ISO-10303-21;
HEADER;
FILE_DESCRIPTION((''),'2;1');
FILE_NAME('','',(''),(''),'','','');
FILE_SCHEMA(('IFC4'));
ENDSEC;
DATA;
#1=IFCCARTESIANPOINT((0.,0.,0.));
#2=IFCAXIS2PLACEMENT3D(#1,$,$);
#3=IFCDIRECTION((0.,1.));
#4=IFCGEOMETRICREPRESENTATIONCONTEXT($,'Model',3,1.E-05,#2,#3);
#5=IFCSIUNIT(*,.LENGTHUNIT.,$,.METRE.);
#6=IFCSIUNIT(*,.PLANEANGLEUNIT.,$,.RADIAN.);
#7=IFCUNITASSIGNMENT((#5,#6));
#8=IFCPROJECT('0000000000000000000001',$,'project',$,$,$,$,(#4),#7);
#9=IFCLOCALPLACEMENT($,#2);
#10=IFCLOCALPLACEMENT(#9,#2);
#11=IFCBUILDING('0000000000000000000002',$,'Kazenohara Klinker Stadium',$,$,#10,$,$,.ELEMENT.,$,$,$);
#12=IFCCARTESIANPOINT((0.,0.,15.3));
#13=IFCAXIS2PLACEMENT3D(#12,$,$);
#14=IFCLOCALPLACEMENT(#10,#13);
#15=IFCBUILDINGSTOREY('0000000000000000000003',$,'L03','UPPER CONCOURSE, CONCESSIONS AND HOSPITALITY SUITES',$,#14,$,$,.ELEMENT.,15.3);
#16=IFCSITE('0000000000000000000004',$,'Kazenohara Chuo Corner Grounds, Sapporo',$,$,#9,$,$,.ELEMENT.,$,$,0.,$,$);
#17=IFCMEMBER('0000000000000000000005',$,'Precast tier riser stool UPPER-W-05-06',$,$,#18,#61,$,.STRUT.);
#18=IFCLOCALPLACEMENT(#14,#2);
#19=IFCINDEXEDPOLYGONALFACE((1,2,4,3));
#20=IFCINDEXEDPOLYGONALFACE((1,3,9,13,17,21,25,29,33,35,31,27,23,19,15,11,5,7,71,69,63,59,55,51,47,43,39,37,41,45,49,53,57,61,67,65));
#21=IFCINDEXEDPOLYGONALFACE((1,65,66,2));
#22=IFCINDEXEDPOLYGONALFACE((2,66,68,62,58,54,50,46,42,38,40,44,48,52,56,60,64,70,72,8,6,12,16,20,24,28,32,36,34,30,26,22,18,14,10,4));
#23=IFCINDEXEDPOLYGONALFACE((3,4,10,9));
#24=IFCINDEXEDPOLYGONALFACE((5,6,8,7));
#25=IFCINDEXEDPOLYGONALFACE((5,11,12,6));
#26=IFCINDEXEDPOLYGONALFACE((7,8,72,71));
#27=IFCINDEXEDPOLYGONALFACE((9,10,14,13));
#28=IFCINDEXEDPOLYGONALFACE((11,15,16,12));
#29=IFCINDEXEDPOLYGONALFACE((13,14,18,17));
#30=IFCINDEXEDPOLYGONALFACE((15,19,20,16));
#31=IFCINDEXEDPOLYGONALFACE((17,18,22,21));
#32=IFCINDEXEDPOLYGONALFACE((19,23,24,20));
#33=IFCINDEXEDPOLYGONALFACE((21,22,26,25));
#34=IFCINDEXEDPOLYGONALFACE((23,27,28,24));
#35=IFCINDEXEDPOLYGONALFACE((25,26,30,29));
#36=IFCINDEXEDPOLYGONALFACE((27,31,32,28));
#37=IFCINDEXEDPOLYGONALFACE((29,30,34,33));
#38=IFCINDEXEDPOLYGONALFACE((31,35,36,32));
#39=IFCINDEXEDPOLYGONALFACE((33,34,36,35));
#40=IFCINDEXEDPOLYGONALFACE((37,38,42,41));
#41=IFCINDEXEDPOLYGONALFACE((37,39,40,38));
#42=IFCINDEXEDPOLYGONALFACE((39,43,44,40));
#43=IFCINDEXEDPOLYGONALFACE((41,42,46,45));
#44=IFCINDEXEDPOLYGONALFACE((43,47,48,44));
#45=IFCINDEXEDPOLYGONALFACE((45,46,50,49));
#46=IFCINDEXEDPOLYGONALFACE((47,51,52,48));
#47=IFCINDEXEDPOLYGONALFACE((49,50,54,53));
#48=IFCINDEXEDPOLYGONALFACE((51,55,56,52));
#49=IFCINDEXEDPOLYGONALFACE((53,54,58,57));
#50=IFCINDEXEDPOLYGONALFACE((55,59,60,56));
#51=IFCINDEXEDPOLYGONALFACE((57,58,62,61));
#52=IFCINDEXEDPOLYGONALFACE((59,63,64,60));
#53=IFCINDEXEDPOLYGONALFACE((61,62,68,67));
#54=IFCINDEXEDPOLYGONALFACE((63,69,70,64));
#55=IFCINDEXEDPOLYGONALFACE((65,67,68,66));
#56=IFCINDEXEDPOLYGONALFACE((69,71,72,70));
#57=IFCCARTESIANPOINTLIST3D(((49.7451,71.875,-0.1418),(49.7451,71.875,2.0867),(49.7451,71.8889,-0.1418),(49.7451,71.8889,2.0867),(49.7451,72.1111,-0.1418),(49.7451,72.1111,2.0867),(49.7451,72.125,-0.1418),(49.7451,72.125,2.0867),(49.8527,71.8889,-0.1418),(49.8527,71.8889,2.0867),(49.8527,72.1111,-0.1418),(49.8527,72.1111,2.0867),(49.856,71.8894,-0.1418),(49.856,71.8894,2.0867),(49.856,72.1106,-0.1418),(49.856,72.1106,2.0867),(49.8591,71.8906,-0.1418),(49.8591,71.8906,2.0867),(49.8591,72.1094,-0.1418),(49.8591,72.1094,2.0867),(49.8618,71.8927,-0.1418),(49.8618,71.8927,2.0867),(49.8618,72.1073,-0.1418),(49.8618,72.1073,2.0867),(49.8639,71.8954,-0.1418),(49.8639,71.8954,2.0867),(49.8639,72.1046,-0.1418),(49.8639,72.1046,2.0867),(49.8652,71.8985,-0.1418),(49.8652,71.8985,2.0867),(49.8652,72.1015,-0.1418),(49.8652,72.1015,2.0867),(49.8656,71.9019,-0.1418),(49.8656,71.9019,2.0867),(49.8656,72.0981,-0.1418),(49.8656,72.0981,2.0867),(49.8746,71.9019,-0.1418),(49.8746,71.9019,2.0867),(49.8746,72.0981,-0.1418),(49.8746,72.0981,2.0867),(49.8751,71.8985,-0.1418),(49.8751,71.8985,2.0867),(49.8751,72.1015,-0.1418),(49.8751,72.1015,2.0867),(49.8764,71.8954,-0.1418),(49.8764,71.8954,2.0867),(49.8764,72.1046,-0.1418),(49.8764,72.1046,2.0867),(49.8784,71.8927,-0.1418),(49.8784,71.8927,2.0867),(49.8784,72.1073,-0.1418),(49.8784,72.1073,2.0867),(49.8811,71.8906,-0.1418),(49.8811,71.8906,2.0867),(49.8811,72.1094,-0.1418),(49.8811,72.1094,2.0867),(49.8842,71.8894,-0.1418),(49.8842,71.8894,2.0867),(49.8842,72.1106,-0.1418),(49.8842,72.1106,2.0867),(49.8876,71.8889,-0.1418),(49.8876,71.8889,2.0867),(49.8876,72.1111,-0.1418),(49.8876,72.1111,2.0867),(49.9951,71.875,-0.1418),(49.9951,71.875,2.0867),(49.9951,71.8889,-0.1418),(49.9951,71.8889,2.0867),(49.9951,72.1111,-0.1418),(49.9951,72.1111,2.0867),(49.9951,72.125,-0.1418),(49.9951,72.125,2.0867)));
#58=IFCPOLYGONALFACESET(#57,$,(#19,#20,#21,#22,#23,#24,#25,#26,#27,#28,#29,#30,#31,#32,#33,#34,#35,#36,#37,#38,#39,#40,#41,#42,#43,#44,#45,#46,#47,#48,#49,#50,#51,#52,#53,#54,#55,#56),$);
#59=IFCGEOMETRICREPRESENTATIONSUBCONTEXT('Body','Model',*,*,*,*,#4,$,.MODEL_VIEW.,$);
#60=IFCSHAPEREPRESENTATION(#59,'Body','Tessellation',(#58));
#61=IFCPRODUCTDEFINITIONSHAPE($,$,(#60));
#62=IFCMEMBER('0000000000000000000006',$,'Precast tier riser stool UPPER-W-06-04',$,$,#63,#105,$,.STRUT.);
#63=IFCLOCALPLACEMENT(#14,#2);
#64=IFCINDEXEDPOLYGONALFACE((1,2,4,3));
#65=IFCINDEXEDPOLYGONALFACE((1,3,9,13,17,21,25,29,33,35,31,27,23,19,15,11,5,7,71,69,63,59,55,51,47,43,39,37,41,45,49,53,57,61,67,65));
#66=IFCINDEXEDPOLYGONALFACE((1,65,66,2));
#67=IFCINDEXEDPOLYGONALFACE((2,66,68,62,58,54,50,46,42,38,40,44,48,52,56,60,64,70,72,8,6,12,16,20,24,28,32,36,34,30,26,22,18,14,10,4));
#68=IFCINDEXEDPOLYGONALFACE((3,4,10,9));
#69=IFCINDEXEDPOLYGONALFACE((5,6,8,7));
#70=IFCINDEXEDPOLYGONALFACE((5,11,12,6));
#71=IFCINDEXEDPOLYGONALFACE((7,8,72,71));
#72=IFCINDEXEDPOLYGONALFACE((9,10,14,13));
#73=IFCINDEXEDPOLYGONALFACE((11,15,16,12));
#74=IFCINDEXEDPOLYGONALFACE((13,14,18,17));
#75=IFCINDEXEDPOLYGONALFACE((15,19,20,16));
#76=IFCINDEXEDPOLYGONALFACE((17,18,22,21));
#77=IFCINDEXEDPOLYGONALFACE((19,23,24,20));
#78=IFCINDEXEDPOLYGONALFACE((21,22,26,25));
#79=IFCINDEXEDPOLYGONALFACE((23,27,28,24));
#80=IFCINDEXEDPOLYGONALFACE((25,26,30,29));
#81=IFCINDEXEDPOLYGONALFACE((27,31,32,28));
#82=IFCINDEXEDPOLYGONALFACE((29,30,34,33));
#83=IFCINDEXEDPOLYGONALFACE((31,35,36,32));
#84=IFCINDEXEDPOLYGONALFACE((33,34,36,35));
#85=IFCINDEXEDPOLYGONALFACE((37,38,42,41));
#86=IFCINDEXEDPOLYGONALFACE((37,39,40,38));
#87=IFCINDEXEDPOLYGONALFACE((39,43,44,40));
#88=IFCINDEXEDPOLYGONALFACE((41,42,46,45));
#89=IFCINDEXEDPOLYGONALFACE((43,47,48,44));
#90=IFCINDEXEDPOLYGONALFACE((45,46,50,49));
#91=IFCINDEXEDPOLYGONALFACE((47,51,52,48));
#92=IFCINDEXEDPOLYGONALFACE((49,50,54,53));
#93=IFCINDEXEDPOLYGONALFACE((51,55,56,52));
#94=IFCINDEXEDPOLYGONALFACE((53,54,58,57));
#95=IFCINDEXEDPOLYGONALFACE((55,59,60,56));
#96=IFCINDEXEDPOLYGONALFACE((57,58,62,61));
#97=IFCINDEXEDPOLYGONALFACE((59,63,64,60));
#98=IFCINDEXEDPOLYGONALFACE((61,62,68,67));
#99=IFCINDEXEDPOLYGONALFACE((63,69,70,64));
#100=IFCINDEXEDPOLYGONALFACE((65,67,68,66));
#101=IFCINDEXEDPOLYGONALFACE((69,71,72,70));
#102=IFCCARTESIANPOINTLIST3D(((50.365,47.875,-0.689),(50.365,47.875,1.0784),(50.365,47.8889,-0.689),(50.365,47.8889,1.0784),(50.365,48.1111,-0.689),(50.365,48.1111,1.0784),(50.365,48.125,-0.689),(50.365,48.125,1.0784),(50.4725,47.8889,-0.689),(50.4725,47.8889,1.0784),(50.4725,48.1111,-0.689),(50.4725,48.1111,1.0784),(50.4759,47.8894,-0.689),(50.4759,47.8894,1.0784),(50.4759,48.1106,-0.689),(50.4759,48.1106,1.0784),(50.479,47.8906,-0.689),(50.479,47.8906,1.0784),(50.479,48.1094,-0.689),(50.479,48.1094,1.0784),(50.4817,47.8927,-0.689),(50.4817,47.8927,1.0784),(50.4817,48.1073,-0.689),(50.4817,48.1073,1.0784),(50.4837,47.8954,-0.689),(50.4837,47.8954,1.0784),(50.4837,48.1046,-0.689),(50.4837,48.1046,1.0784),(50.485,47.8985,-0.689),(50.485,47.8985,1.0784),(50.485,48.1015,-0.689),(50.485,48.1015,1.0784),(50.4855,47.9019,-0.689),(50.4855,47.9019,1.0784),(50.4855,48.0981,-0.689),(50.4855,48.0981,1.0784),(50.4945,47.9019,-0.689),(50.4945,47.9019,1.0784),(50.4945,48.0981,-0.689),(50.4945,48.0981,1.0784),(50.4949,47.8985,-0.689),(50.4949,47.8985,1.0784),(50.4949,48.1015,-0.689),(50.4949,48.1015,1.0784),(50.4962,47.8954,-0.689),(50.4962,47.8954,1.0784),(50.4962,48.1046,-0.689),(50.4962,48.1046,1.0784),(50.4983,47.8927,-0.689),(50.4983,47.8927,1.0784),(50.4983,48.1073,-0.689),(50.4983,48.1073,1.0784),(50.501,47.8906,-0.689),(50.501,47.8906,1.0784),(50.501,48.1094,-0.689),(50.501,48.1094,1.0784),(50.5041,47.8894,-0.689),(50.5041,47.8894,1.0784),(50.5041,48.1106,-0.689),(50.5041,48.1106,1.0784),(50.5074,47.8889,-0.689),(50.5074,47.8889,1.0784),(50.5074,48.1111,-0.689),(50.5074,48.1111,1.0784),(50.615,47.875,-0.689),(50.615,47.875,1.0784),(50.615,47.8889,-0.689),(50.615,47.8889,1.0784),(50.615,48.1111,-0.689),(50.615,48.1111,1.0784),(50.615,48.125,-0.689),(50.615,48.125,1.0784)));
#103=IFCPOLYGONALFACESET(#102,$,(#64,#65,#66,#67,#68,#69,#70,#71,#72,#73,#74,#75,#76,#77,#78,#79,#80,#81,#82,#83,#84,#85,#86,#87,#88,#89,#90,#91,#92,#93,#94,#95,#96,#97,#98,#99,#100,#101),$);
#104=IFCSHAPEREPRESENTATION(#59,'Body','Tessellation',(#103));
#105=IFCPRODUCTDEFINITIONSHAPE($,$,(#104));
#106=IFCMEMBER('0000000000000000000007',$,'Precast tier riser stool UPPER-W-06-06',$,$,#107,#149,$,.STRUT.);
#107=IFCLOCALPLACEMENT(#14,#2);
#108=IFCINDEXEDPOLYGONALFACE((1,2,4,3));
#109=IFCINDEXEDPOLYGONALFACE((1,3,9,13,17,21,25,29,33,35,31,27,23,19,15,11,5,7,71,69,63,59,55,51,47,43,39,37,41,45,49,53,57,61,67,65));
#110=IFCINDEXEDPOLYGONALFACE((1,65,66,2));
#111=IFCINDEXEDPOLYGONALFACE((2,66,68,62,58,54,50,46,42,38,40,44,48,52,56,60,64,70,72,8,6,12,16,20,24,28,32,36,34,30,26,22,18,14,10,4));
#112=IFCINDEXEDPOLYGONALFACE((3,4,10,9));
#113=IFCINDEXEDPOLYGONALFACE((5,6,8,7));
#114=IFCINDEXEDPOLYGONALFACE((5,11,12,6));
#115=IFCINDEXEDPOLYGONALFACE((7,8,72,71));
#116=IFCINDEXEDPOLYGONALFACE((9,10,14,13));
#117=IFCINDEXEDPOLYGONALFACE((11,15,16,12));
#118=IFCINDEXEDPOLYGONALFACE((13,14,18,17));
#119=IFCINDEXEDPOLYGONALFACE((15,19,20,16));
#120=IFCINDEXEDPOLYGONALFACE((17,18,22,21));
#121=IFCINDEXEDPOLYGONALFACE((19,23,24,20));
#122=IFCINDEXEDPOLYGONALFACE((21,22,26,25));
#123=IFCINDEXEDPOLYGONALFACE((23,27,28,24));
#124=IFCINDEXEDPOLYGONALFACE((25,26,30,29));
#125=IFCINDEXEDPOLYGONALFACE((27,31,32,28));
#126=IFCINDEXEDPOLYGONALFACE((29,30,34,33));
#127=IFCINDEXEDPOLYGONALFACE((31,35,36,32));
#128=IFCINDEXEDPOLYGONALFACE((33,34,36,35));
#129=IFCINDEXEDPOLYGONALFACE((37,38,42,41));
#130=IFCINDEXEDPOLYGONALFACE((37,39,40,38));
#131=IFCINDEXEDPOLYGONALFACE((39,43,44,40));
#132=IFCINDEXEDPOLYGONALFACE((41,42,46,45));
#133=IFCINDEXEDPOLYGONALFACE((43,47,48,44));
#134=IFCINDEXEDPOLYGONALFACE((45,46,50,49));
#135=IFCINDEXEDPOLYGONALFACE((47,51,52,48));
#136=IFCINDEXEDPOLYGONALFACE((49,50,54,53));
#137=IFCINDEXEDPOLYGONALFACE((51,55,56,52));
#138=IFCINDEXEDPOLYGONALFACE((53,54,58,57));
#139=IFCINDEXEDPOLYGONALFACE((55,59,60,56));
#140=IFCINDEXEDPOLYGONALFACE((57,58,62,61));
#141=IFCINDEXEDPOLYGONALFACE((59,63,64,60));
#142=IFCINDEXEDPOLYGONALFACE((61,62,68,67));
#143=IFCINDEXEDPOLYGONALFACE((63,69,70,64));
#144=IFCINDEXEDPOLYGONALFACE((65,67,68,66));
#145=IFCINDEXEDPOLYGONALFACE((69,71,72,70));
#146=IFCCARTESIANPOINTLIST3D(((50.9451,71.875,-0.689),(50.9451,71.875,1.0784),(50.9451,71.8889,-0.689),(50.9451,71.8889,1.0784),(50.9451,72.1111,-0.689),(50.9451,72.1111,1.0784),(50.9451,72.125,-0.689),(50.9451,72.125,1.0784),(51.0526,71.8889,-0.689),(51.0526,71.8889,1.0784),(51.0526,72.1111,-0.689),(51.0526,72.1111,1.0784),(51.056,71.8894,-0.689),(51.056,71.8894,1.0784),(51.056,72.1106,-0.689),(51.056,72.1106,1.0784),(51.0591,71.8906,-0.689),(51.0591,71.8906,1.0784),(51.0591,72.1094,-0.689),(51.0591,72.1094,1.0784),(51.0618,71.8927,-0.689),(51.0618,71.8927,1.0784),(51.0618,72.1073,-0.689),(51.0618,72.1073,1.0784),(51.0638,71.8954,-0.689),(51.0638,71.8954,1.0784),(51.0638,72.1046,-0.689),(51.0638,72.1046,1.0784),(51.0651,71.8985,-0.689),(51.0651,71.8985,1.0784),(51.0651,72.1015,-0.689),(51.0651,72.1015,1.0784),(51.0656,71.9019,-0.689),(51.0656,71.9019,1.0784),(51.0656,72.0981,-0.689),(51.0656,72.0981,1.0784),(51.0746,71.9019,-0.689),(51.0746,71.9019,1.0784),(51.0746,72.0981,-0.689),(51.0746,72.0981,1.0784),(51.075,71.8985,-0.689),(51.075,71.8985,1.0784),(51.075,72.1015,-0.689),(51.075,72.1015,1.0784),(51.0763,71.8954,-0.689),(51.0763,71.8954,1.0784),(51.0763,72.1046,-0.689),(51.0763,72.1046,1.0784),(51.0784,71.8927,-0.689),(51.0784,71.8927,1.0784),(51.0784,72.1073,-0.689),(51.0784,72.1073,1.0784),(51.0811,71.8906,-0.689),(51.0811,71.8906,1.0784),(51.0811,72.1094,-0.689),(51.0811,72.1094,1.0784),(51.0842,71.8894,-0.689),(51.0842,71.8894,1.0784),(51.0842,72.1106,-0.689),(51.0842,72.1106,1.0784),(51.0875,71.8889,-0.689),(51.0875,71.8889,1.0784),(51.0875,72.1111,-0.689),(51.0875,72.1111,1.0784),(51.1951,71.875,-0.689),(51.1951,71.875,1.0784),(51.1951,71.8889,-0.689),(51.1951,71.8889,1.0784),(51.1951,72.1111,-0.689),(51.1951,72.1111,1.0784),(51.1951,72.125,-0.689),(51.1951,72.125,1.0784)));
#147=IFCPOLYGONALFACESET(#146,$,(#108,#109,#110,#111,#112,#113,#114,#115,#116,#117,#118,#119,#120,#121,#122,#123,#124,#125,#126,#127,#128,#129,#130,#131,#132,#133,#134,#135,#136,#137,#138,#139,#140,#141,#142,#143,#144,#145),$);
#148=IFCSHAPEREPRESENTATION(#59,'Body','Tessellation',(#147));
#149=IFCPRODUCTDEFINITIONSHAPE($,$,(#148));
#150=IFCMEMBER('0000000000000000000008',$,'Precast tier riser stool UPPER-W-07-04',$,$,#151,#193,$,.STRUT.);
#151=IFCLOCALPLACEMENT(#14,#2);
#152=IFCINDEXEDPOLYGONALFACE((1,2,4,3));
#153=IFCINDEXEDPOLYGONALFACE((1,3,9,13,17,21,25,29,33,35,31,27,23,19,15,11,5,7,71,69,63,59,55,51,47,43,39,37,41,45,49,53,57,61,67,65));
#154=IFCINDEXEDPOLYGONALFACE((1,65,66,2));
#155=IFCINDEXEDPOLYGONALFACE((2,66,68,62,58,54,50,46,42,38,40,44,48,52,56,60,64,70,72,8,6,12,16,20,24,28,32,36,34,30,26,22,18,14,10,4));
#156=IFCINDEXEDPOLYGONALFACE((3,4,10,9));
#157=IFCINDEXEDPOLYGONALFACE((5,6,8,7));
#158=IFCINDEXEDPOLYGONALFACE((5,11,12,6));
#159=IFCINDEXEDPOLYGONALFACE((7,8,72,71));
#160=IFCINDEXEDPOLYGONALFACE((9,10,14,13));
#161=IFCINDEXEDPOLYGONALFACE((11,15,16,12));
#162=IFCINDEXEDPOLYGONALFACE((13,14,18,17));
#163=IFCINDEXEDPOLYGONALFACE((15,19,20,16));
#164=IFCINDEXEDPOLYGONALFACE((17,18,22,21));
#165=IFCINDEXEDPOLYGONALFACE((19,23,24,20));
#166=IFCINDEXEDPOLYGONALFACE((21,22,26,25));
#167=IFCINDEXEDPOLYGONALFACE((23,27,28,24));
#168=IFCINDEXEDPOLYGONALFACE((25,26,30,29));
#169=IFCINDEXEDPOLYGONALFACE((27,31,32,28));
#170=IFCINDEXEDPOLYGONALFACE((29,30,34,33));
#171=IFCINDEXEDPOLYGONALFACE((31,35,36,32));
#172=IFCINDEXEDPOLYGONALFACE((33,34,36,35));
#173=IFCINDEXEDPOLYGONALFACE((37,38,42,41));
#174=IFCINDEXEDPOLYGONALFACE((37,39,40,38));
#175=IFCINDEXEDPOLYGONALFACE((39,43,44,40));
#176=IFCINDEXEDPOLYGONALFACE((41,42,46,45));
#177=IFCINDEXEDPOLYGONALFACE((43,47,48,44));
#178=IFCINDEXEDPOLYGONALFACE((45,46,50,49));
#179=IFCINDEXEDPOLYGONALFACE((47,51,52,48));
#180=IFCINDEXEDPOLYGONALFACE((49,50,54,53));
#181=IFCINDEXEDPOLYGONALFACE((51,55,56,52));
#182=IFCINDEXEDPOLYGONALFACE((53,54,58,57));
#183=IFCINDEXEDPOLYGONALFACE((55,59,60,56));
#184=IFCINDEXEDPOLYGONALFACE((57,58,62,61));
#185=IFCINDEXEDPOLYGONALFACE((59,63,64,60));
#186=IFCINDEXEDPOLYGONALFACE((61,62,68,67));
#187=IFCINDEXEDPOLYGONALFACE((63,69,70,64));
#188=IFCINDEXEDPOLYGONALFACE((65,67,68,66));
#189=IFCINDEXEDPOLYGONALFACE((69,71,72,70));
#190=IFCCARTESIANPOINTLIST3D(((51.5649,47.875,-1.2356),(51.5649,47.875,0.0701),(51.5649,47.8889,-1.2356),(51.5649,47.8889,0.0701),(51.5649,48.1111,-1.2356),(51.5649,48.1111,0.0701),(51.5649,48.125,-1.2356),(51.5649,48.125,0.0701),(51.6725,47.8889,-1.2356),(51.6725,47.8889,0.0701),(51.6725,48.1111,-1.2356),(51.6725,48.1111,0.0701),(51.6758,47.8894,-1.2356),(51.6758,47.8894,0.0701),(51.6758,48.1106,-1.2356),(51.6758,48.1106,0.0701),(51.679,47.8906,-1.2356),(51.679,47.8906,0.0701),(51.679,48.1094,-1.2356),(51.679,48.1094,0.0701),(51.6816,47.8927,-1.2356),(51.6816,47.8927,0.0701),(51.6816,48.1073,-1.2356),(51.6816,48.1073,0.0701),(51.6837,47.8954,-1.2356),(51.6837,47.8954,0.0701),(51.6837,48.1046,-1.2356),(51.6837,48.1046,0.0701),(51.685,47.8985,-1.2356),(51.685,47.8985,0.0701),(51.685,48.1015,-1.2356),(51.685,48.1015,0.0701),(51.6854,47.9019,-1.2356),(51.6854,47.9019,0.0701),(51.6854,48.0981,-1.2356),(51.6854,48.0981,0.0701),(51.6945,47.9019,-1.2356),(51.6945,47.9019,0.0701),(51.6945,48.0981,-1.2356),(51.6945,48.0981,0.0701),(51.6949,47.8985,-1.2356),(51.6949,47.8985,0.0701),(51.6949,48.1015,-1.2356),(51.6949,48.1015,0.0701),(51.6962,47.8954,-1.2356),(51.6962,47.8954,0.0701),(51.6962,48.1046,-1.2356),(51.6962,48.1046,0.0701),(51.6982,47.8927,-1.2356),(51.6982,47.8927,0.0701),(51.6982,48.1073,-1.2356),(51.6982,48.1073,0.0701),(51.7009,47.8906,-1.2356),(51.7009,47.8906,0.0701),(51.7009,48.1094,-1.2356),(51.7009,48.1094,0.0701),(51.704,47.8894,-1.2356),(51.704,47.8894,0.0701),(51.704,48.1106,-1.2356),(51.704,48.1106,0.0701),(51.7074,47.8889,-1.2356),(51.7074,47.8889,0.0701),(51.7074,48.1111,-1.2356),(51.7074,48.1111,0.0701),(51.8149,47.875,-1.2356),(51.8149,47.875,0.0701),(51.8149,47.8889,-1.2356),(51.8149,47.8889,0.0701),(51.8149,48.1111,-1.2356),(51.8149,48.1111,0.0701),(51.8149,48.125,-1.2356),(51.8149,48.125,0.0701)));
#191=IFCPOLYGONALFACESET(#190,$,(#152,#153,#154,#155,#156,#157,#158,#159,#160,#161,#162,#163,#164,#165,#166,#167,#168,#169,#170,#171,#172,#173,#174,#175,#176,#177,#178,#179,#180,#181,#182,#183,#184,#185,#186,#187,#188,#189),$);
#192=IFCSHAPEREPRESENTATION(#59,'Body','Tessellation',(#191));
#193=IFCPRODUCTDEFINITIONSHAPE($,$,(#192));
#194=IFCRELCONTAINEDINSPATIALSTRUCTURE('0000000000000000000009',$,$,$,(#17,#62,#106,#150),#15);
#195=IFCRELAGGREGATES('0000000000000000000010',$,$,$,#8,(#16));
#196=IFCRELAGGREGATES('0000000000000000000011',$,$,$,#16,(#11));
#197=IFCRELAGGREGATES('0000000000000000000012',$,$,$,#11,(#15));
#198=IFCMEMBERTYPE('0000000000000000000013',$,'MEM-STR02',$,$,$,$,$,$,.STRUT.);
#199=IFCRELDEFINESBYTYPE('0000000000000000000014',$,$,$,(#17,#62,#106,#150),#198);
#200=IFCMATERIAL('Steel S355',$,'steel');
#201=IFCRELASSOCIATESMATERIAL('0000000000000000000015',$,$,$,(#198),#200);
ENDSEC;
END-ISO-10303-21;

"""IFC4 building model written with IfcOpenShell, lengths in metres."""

from ifc_helpers import new_model, si_unit, direction, frame, origin, origin_2d, place, context, subcontext, project, spatial, i_section, extrude, material, material_profile, profile_set, type_object, element, save


model = new_model("IFC4")

# Units and contexts
model_context = context("Model", 3, precision=1e-05, world=origin(), true_north=direction((0.0, 1.0)))
body_context = subcontext(model_context, "Body", "Model", "MODEL_VIEW")
ifc_project = project(units=[si_unit("LENGTHUNIT", "METRE"), si_unit("PLANEANGLEUNIT", "RADIAN")], contexts=[model_context])

# Site, building, storey
site_placement = place(None, origin())
site = spatial("IfcSite", under=ifc_project, at=site_placement, Name="Kazenohara Chuo Corner Grounds, Sapporo", CompositionType="ELEMENT", RefElevation=0.0)
building_placement = place(site_placement, origin())
building = spatial("IfcBuilding", under=site, at=building_placement, Name="Kazenohara Klinker Stadium", CompositionType="ELEMENT")
storey_placement = place(building_placement, frame((0.0, 0.0, 15.3)))
storey = spatial("IfcBuildingStorey", under=building, at=storey_placement, Name="L03", Description="UPPER CONCOURSE, CONCESSIONS AND HOSPITALITY SUITES", CompositionType="ELEMENT", Elevation=15.3)

# Shared definitions
ifc_material_1 = material(Name="Steel S355", Category="steel")

# Members
ifc_material_profile_1 = material_profile(ifc_material_1, i_section(OverallWidth=0.25, OverallDepth=0.25, WebThickness=0.009, FlangeThickness=0.0139, FilletRadius=0.0129, at=origin_2d()), Name="H-250x250x9x14")
ifc_profile_set_1 = profile_set([ifc_material_profile_1], Name="Steel S355")
member_type_1 = type_object("IfcMemberType", Name="MEM-STR02", PredefinedType="STRUT", material=ifc_profile_set_1)
member_1_placement = place(storey_placement, frame((49.8701, 72.0, -0.1418), z_axis=(0.0, 0.0, 1.0), x_axis=(1.0, 0.0, 0.0)))
element("IfcMember", 1, at=member_1_placement, inside=storey, type_object=member_type_1, Name="Precast tier riser stool UPPER-W-05-06", PredefinedType="STRUT", context=body_context, shape_type="SweptSolid", body=[
    extrude(i_section(OverallWidth=0.25, OverallDepth=0.25, WebThickness=0.009, FlangeThickness=0.0139, FilletRadius=0.0129, at=origin_2d()), origin(), (0.0, 0.0, 1.0), 2.2285),
])
for number, where, z_axis, x_axis, name in (
    (2, (50.49, 48.0, -0.689), (0.0, 0.0, 1.0), (1.0, 0.0, 0.0), "Precast tier riser stool UPPER-W-06-04"),
    (3, (51.0701, 72.0, -0.689), (0.0, 0.0, 1.0), (1.0, 0.0, 0.0), "Precast tier riser stool UPPER-W-06-06"),
):
    element("IfcMember", number, at=place(storey_placement, frame(where, z_axis=z_axis, x_axis=x_axis)), inside=storey, type_object=member_type_1, Name=name, PredefinedType="STRUT", context=body_context, shape_type="SweptSolid", body=[
        extrude(i_section(OverallWidth=0.25, OverallDepth=0.25, WebThickness=0.009, FlangeThickness=0.0139, FilletRadius=0.0129, at=origin_2d()), origin(), (0.0, 0.0, 1.0), 1.7673),
    ])
for number, where, z_axis, x_axis, name in (
    (4, (51.6899, 48.0, -1.2356), (0.0, 0.0, 1.0), (1.0, 0.0, 0.0), "Precast tier riser stool UPPER-W-07-04"),
):
    element("IfcMember", number, at=place(storey_placement, frame(where, z_axis=z_axis, x_axis=x_axis)), inside=storey, type_object=member_type_1, Name=name, PredefinedType="STRUT", context=body_context, shape_type="SweptSolid", body=[
        extrude(i_section(OverallWidth=0.25, OverallDepth=0.25, WebThickness=0.009, FlangeThickness=0.0139, FilletRadius=0.0129, at=origin_2d()), origin(), (0.0, 0.0, 1.0), 1.3057),
    ])

save(model, "model.ifc")
